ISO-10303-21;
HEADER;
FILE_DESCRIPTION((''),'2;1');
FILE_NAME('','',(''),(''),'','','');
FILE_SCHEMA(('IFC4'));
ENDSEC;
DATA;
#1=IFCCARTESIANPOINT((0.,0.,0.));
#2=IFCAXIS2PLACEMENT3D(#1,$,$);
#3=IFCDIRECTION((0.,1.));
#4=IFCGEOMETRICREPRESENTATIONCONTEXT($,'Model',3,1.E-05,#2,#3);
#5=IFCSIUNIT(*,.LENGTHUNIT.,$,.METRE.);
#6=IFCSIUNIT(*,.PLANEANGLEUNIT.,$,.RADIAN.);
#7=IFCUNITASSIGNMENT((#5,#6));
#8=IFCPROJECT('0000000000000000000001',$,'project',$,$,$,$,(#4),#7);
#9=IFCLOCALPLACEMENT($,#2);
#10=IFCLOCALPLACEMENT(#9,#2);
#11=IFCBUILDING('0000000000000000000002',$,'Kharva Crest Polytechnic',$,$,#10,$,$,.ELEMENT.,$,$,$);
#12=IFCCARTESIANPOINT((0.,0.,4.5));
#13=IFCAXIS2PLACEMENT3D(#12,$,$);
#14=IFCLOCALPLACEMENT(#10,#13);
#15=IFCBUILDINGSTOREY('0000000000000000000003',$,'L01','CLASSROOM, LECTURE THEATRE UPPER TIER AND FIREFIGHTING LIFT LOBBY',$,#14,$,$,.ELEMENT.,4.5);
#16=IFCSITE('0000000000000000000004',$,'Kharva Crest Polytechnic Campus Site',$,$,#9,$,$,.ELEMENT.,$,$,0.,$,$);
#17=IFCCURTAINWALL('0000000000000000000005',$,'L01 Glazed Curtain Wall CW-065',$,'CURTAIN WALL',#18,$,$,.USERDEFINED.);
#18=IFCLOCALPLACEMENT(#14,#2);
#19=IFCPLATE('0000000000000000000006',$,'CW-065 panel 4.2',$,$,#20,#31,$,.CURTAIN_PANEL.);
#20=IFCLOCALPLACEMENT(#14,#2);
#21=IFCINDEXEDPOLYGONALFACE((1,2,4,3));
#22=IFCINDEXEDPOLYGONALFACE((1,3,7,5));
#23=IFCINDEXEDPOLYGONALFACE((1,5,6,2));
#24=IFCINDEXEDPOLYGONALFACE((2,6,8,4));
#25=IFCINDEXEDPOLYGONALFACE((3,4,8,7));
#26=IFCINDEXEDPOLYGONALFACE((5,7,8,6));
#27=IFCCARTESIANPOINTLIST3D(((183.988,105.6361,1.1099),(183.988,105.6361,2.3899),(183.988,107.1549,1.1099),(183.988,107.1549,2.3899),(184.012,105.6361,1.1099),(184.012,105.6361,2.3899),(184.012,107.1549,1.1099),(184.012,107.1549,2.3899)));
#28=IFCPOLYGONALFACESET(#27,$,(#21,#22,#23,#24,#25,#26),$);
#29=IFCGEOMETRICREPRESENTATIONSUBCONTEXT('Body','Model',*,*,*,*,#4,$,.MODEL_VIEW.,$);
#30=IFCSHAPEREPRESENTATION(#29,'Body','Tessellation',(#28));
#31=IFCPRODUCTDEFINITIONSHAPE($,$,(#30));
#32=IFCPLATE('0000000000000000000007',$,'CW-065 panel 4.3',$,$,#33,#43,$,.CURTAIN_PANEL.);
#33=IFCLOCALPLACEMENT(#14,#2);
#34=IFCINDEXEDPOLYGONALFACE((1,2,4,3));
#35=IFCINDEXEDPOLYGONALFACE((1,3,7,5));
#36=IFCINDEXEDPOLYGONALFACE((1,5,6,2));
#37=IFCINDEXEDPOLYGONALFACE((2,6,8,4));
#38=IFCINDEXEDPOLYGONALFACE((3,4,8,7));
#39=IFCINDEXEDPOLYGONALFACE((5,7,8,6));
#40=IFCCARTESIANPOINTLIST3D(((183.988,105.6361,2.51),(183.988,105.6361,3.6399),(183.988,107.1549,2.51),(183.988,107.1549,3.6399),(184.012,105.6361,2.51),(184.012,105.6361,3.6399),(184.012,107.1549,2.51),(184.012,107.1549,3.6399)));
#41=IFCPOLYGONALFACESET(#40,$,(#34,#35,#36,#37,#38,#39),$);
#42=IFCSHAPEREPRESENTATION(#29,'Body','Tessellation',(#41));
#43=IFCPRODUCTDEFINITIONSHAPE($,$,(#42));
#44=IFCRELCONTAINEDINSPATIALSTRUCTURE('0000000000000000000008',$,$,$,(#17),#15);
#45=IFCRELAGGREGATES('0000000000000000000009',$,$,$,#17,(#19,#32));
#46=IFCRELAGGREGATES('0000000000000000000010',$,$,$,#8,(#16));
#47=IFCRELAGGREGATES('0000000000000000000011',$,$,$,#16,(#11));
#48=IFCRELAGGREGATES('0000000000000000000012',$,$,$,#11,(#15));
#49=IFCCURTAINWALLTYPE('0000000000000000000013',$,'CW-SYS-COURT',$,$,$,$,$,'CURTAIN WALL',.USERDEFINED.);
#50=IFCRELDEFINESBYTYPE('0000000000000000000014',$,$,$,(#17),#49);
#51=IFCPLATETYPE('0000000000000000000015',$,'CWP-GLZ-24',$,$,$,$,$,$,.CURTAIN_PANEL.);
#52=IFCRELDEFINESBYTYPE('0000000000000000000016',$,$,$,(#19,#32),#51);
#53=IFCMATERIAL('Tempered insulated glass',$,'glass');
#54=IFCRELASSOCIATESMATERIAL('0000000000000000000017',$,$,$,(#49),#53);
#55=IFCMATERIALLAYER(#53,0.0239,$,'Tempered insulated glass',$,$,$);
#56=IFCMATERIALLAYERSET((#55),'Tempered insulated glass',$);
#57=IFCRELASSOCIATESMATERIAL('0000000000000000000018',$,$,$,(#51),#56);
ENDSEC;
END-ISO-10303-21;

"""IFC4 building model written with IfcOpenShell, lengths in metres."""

from ifc_helpers import new_model, si_unit, direction, frame, origin, origin_2d, place, context, subcontext, project, spatial, rectangle, extrude, material, layer, layer_set, type_object, element, aggregate, save


model = new_model("IFC4")

# Units and contexts
model_context = context("Model", 3, precision=1e-05, world=origin(), true_north=direction((0.0, 1.0)))
body_context = subcontext(model_context, "Body", "Model", "MODEL_VIEW")
ifc_project = project(units=[si_unit("LENGTHUNIT", "METRE"), si_unit("PLANEANGLEUNIT", "RADIAN")], contexts=[model_context])

# Site, building, storey
site_placement = place(None, origin())
site = spatial("IfcSite", under=ifc_project, at=site_placement, Name="Kharva Crest Polytechnic Campus Site", CompositionType="ELEMENT", RefElevation=0.0)
building_placement = place(site_placement, origin())
building = spatial("IfcBuilding", under=site, at=building_placement, Name="Kharva Crest Polytechnic", CompositionType="ELEMENT")
storey_placement = place(building_placement, frame((0.0, 0.0, 4.5)))
storey = spatial("IfcBuildingStorey", under=building, at=storey_placement, Name="L01", Description="CLASSROOM, LECTURE THEATRE UPPER TIER AND FIREFIGHTING LIFT LOBBY", CompositionType="ELEMENT", Elevation=4.5)

# Curtain wall
ifc_material_1 = material(Name="Tempered insulated glass", Category="glass")
curtain_wall_type = type_object("IfcCurtainWallType", Name="CW-SYS-COURT", ElementType="CURTAIN WALL", PredefinedType="USERDEFINED", material=ifc_material_1)
curtain_wall_placement = place(storey_placement, origin())
curtain_wall = element("IfcCurtainWall", 1, at=curtain_wall_placement, inside=storey, type_object=curtain_wall_type, Name="L01 Glazed Curtain Wall CW-065", ObjectType="CURTAIN WALL", PredefinedType="USERDEFINED")

# Plates
ifc_layer = layer(ifc_material_1, 0.0239, Name="Tempered insulated glass")
ifc_layer_set = layer_set([ifc_layer], Name="Tempered insulated glass")
plate_type = type_object("IfcPlateType", Name="CWP-GLZ-24", PredefinedType="CURTAIN_PANEL", material=ifc_layer_set)
plate_1_placement = place(storey_placement, frame((184.0, 106.3955, 1.1099), z_axis=(0.0, 0.0, 1.0), x_axis=(0.0, 1.0, 0.0)))
plate_1 = element("IfcPlate", 2, at=plate_1_placement, type_object=plate_type, Name="CW-065 panel 4.2", PredefinedType="CURTAIN_PANEL", context=body_context, shape_type="SweptSolid", body=[
    extrude(rectangle(XDim=1.5188, YDim=0.0239, at=origin_2d()), origin(), (0.0, 0.0, 1.0), 1.28),
])
plate_2_placement = place(storey_placement, frame((184.0, 106.3955, 2.51), z_axis=(0.0, 0.0, 1.0), x_axis=(0.0, 1.0, 0.0)))
plate_2 = element("IfcPlate", 3, at=plate_2_placement, type_object=plate_type, Name="CW-065 panel 4.3", PredefinedType="CURTAIN_PANEL", context=body_context, shape_type="SweptSolid", body=[
    extrude(rectangle(XDim=1.5188, YDim=0.0239, at=origin_2d()), origin(), (0.0, 0.0, 1.0), 1.1299),
])
aggregate(curtain_wall, [plate_1, plate_2])

save(model, "model.ifc")
